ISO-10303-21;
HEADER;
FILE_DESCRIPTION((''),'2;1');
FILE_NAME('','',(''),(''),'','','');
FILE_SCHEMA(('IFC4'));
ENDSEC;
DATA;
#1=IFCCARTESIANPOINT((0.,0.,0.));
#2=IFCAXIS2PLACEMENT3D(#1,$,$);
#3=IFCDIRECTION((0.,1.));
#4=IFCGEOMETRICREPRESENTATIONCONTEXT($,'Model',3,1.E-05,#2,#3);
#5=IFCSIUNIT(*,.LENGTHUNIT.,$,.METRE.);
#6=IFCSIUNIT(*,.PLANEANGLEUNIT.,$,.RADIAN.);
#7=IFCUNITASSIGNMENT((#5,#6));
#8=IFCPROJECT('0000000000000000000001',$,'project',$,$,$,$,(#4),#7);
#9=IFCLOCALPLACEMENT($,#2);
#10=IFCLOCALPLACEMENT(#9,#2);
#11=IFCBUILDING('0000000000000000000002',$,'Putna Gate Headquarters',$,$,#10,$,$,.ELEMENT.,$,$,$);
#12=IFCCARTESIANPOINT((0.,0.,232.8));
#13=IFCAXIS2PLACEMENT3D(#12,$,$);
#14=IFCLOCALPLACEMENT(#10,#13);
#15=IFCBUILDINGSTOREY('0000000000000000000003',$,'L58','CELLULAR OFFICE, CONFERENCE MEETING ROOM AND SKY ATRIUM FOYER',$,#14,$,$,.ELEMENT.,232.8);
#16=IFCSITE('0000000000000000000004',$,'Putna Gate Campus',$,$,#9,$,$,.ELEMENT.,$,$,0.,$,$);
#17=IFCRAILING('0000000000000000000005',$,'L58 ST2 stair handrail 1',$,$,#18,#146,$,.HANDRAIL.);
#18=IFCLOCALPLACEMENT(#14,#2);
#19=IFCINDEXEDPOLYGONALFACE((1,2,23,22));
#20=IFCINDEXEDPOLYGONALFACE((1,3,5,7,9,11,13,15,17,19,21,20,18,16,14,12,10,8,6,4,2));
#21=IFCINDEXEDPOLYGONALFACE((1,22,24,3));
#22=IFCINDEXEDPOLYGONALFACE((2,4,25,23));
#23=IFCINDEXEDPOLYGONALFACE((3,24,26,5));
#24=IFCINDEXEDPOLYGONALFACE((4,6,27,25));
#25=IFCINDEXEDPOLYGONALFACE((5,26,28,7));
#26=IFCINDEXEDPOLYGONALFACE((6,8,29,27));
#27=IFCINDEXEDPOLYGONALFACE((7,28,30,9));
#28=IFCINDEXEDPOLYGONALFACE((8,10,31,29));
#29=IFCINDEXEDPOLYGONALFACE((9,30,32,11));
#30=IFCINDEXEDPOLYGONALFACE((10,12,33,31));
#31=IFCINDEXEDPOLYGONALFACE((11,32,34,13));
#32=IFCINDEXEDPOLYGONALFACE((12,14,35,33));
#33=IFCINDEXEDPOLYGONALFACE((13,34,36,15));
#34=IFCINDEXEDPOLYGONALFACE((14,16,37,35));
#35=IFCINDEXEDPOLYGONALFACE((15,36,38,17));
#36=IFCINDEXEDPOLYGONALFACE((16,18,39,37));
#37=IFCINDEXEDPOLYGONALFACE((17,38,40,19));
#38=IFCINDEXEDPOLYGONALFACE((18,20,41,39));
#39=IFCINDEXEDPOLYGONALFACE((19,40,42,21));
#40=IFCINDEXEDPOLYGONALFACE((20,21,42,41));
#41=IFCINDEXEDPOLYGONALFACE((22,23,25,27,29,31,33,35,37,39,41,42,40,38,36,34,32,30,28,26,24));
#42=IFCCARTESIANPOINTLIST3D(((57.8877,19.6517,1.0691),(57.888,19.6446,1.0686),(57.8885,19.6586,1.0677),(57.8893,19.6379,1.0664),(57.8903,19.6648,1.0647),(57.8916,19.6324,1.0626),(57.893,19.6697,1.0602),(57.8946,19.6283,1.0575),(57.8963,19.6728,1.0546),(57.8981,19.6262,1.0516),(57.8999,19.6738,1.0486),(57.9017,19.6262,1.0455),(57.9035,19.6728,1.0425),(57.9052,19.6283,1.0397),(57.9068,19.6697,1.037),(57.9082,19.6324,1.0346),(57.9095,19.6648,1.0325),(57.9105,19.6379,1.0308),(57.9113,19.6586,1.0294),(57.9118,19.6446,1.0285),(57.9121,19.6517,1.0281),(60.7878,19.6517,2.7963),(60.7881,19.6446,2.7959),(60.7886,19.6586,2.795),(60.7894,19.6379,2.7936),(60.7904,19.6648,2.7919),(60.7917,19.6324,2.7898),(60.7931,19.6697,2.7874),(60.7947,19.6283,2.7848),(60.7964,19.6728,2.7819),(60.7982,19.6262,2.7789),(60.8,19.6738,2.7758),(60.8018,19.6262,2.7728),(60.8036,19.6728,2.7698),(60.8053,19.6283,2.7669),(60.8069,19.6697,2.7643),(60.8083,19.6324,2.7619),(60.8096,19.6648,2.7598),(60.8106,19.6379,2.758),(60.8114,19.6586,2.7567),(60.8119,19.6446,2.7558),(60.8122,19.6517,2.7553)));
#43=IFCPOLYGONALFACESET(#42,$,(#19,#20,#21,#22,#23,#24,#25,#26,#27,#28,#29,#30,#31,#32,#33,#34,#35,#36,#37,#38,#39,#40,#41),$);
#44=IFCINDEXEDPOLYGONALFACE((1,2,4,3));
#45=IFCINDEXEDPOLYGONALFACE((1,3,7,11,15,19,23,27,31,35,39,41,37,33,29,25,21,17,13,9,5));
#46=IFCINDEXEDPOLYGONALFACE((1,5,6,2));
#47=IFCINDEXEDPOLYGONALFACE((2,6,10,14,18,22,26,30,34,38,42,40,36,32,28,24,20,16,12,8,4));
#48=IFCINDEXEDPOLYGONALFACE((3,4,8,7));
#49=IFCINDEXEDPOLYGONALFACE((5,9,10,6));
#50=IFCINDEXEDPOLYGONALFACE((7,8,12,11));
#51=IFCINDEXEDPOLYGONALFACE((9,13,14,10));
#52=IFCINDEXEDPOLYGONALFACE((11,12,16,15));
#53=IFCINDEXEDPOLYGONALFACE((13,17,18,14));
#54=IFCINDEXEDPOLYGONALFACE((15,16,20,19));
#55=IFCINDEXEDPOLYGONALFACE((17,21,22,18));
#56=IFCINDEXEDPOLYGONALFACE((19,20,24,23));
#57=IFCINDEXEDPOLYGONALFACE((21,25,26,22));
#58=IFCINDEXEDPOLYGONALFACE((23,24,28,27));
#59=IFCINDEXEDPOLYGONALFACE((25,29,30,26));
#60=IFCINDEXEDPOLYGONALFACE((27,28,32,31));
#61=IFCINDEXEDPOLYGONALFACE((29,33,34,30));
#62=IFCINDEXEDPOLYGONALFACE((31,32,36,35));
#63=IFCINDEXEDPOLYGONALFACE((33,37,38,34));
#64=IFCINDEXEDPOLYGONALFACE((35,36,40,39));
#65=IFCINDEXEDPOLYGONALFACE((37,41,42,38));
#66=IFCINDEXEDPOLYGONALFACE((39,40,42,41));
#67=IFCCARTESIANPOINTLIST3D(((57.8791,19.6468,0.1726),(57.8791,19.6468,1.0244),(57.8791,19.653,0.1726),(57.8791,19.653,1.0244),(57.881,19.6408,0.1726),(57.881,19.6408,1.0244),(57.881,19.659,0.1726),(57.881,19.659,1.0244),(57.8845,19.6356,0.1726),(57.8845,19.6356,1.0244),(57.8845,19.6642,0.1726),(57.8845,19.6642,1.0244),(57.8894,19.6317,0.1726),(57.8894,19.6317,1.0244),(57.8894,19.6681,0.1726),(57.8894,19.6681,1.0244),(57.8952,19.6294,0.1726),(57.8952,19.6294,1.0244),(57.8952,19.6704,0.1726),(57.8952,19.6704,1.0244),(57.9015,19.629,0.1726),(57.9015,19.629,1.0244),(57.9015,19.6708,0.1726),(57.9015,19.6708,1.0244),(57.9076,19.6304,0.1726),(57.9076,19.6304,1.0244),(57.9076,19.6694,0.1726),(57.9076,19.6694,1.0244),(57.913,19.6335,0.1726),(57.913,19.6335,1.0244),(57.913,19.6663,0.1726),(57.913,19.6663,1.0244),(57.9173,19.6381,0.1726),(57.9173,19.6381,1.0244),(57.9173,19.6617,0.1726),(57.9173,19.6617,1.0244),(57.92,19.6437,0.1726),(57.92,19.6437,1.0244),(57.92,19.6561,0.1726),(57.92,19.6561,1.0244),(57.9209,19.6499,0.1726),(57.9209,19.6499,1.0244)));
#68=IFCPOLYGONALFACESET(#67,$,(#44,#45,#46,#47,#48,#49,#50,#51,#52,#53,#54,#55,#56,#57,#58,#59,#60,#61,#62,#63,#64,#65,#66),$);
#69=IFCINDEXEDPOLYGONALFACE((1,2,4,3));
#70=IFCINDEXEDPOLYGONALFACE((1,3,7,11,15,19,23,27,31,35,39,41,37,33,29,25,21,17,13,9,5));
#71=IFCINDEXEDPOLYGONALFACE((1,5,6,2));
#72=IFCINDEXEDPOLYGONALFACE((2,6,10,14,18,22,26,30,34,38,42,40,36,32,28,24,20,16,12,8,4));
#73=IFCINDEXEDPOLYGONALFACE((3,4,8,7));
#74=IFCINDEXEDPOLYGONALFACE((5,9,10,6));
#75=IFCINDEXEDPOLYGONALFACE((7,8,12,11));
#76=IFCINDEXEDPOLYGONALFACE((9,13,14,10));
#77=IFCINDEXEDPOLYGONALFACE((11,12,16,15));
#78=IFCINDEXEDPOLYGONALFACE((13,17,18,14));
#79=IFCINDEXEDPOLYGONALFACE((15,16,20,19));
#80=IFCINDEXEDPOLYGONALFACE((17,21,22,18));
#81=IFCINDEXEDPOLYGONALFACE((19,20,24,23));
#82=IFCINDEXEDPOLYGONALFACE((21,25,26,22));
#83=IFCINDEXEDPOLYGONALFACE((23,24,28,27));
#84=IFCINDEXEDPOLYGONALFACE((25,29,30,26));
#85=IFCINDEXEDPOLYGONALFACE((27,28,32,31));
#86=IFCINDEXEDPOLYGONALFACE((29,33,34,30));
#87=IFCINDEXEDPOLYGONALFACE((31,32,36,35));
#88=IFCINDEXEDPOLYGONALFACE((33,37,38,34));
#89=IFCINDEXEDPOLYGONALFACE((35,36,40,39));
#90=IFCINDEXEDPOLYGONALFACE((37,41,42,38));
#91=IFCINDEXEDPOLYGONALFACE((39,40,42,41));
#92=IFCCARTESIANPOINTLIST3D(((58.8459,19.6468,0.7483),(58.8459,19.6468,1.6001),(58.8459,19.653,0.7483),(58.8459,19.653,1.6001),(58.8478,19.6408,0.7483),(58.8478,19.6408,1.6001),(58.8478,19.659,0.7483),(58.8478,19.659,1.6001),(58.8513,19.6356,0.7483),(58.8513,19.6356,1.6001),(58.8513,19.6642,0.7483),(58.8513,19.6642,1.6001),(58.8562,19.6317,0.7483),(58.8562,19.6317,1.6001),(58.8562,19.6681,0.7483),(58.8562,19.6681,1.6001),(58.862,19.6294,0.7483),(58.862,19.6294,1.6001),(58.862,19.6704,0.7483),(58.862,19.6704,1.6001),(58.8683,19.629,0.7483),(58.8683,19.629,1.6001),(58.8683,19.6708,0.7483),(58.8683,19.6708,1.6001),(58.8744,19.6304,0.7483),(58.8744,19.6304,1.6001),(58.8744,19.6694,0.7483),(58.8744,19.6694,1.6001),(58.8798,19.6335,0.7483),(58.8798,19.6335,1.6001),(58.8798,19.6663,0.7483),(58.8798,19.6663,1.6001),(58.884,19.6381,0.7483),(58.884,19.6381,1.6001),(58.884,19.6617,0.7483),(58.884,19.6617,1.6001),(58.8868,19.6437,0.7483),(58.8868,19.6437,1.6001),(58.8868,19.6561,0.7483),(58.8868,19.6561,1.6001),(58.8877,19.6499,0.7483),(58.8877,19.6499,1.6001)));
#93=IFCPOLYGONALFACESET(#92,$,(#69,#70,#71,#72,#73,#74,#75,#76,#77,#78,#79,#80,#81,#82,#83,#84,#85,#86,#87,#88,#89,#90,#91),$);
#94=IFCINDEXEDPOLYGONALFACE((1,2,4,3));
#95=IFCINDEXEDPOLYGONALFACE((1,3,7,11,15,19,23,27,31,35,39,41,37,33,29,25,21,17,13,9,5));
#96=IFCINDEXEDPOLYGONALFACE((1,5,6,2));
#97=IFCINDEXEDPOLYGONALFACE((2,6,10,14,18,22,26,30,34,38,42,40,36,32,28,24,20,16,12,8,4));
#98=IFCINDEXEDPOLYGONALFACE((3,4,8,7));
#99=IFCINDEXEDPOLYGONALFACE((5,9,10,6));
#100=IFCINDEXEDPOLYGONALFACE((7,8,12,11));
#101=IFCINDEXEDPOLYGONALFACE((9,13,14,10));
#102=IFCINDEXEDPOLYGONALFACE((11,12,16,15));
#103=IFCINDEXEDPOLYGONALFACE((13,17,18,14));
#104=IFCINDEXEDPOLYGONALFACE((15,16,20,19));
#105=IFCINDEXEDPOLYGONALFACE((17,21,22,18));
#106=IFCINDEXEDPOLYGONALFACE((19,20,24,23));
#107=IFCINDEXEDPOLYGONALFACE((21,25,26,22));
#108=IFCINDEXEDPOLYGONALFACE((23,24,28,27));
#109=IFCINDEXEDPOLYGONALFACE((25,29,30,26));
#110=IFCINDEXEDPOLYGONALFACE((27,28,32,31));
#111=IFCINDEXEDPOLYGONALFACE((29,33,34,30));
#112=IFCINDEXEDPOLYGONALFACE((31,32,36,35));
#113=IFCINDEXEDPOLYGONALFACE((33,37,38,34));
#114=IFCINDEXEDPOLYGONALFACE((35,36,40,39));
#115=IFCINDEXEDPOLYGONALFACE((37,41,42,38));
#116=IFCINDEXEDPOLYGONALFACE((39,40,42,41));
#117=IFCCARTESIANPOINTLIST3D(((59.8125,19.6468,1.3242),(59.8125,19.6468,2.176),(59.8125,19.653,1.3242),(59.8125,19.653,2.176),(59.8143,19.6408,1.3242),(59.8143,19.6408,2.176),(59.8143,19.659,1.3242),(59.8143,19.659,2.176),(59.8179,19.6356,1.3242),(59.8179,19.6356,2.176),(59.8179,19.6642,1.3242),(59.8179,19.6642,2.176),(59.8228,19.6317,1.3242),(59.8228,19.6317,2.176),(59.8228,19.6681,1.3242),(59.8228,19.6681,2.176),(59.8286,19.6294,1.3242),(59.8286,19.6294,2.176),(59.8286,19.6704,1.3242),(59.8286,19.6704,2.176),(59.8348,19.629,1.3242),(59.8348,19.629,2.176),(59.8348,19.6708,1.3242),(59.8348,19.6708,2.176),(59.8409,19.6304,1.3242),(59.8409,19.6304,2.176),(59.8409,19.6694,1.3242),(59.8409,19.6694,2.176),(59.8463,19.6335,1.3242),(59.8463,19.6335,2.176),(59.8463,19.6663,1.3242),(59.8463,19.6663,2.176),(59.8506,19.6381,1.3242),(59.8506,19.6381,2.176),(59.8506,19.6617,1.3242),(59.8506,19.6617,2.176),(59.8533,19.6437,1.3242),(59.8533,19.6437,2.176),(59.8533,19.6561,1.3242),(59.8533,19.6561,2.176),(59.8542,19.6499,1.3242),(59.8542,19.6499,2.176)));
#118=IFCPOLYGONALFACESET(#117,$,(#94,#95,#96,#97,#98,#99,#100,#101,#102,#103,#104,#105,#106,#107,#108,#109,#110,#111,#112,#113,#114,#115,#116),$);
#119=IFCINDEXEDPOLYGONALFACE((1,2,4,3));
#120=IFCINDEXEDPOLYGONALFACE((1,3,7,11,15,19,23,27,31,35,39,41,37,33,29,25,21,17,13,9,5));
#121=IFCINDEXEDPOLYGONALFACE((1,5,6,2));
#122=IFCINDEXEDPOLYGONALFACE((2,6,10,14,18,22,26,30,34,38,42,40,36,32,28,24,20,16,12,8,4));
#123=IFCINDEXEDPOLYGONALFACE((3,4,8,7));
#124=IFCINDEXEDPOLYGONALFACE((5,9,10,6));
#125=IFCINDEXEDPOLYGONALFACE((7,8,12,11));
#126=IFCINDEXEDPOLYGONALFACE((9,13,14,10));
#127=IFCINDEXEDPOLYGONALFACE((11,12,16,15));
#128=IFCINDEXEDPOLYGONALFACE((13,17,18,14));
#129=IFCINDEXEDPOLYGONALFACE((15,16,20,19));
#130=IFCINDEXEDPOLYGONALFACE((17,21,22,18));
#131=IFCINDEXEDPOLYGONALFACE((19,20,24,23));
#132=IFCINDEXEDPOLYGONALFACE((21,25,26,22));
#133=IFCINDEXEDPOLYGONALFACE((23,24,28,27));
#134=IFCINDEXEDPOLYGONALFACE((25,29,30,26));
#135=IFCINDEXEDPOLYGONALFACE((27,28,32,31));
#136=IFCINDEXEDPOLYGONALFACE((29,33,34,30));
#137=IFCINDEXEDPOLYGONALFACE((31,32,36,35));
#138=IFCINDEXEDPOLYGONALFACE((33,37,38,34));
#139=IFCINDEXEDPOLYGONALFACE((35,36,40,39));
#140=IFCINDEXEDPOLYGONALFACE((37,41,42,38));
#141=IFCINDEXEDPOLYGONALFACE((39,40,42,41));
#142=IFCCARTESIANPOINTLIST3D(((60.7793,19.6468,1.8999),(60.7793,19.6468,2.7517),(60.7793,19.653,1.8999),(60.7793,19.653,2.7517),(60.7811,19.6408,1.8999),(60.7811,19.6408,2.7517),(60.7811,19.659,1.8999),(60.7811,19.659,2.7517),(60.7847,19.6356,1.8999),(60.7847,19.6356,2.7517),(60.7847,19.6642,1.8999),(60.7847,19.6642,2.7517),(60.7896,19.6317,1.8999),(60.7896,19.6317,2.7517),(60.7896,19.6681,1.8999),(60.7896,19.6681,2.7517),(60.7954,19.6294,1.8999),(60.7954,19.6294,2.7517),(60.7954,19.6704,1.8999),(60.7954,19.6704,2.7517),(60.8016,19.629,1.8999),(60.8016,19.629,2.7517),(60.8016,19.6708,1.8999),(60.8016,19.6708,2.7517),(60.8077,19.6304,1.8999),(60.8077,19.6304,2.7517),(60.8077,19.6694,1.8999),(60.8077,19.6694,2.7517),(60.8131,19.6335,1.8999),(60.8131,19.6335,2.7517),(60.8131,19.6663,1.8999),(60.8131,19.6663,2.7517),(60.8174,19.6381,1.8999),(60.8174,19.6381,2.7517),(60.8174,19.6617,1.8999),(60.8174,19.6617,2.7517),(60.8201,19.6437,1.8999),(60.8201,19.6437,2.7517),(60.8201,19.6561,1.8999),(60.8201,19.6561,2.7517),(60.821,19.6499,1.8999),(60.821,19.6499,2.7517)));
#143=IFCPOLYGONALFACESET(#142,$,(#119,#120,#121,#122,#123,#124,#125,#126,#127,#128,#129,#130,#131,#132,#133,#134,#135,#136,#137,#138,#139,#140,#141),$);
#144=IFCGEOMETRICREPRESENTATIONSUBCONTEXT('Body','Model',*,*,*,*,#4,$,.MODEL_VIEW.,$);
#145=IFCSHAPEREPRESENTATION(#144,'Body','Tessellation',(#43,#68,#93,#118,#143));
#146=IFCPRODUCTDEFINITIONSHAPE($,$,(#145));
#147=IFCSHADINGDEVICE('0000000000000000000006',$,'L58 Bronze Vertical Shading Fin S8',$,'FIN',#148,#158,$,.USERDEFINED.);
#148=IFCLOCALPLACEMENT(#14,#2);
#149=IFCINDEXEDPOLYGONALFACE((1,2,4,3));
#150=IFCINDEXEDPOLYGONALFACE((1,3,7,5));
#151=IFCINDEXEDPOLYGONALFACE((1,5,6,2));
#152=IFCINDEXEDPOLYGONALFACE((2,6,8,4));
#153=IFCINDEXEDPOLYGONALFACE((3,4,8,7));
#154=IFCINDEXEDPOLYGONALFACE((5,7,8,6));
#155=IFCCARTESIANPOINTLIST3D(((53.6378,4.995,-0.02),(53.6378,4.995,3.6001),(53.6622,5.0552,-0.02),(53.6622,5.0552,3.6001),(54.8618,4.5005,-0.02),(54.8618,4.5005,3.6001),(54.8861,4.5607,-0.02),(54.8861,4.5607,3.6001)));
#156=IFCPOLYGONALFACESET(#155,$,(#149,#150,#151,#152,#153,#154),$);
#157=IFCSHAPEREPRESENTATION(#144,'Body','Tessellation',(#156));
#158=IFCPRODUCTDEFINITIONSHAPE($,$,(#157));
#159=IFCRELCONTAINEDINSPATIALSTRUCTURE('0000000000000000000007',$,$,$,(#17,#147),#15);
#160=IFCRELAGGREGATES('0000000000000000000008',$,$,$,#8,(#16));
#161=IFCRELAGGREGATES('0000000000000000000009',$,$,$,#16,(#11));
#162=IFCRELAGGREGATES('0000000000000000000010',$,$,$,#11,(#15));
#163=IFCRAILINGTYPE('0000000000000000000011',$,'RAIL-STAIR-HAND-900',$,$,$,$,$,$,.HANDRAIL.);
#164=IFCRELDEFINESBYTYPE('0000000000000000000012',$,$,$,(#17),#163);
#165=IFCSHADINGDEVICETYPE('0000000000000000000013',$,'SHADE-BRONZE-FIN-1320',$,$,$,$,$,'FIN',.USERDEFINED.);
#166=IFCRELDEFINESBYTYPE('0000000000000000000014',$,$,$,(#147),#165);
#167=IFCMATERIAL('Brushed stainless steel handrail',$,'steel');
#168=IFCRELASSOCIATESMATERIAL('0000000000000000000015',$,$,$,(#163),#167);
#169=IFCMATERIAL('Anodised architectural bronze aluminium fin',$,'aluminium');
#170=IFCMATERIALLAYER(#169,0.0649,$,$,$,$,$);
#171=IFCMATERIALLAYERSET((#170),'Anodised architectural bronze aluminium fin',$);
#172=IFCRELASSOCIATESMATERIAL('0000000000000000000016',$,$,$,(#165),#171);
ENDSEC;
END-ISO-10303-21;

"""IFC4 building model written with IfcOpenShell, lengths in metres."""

from ifc_helpers import new_model, si_unit, direction, frame, origin, origin_2d, place, context, subcontext, project, spatial, rectangle, circle, extrude, material, layer, layer_set, type_object, element, save


model = new_model("IFC4")

# Units and contexts
model_context = context("Model", 3, precision=1e-05, world=origin(), true_north=direction((0.0, 1.0)))
body_context = subcontext(model_context, "Body", "Model", "MODEL_VIEW")
ifc_project = project(units=[si_unit("LENGTHUNIT", "METRE"), si_unit("PLANEANGLEUNIT", "RADIAN")], contexts=[model_context])

# Site, building, storey
site_placement = place(None, origin())
site = spatial("IfcSite", under=ifc_project, at=site_placement, Name="Putna Gate Campus", CompositionType="ELEMENT", RefElevation=0.0)
building_placement = place(site_placement, origin())
building = spatial("IfcBuilding", under=site, at=building_placement, Name="Putna Gate Headquarters", CompositionType="ELEMENT")
storey_placement = place(building_placement, frame((0.0, 0.0, 232.8)))
storey = spatial("IfcBuildingStorey", under=building, at=storey_placement, Name="L58", Description="CELLULAR OFFICE, CONFERENCE MEETING ROOM AND SKY ATRIUM FOYER", CompositionType="ELEMENT", Elevation=232.8)

# Railing
ifc_material_1 = material(Name="Brushed stainless steel handrail", Category="steel")
railing_type_1 = type_object("IfcRailingType", Name="RAIL-STAIR-HAND-900", PredefinedType="HANDRAIL", material=ifc_material_1)
railing_1_placement = place(storey_placement, frame((57.8999, 19.6499, 0.1726)))
element("IfcRailing", 1, at=railing_1_placement, inside=storey, type_object=railing_type_1, Name="L58 ST2 stair handrail 1", PredefinedType="HANDRAIL", context=body_context, shape_type="SweptSolid", body=[
    extrude(circle(Radius=0.0239, at=origin_2d()), frame((0.0, 0.0, 0.876), z_axis=(0.85916, 0.0, 0.511706), x_axis=(0.0, 1.0, 0.0)), (0.0, 0.0, 1.0), 3.3755),
    extrude(circle(Radius=0.021, at=origin_2d()), origin(), (0.0, 0.0, 1.0), 0.8518),
    extrude(circle(Radius=0.021, at=origin_2d()), frame((0.9668, 0.0, 0.5757)), (0.0, 0.0, 1.0), 0.8518),
    extrude(circle(Radius=0.021, at=origin_2d()), frame((1.9333, 0.0, 1.1516)), (0.0, 0.0, 1.0), 0.8518),
    extrude(circle(Radius=0.021, at=origin_2d()), frame((2.9001, 0.0, 1.7273)), (0.0, 0.0, 1.0), 0.8518),
])

# Shading device
ifc_material_2 = material(Name="Anodised architectural bronze aluminium fin", Category="aluminium")
ifc_layer_1 = layer(ifc_material_2, 0.0649)
ifc_layer_set_1 = layer_set([ifc_layer_1], Name="Anodised architectural bronze aluminium fin")
shading_device_type = type_object("IfcShadingDeviceType", Name="SHADE-BRONZE-FIN-1320", ElementType="FIN", PredefinedType="USERDEFINED", material=ifc_layer_set_1)
shading_device_placement = place(storey_placement, frame((54.262, 4.7778, -0.02), z_axis=(0.0, 0.0, 1.0), x_axis=(0.927184, -0.374607, 0.0)))
element("IfcShadingDevice", 2, at=shading_device_placement, inside=storey, type_object=shading_device_type, Name="L58 Bronze Vertical Shading Fin S8", ObjectType="FIN", PredefinedType="USERDEFINED", context=body_context, shape_type="SweptSolid", body=[
    extrude(rectangle(XDim=1.3201, YDim=0.0649, at=origin_2d()), origin(), (0.0, 0.0, 1.0), 3.6201),
])

save(model, "model.ifc")
